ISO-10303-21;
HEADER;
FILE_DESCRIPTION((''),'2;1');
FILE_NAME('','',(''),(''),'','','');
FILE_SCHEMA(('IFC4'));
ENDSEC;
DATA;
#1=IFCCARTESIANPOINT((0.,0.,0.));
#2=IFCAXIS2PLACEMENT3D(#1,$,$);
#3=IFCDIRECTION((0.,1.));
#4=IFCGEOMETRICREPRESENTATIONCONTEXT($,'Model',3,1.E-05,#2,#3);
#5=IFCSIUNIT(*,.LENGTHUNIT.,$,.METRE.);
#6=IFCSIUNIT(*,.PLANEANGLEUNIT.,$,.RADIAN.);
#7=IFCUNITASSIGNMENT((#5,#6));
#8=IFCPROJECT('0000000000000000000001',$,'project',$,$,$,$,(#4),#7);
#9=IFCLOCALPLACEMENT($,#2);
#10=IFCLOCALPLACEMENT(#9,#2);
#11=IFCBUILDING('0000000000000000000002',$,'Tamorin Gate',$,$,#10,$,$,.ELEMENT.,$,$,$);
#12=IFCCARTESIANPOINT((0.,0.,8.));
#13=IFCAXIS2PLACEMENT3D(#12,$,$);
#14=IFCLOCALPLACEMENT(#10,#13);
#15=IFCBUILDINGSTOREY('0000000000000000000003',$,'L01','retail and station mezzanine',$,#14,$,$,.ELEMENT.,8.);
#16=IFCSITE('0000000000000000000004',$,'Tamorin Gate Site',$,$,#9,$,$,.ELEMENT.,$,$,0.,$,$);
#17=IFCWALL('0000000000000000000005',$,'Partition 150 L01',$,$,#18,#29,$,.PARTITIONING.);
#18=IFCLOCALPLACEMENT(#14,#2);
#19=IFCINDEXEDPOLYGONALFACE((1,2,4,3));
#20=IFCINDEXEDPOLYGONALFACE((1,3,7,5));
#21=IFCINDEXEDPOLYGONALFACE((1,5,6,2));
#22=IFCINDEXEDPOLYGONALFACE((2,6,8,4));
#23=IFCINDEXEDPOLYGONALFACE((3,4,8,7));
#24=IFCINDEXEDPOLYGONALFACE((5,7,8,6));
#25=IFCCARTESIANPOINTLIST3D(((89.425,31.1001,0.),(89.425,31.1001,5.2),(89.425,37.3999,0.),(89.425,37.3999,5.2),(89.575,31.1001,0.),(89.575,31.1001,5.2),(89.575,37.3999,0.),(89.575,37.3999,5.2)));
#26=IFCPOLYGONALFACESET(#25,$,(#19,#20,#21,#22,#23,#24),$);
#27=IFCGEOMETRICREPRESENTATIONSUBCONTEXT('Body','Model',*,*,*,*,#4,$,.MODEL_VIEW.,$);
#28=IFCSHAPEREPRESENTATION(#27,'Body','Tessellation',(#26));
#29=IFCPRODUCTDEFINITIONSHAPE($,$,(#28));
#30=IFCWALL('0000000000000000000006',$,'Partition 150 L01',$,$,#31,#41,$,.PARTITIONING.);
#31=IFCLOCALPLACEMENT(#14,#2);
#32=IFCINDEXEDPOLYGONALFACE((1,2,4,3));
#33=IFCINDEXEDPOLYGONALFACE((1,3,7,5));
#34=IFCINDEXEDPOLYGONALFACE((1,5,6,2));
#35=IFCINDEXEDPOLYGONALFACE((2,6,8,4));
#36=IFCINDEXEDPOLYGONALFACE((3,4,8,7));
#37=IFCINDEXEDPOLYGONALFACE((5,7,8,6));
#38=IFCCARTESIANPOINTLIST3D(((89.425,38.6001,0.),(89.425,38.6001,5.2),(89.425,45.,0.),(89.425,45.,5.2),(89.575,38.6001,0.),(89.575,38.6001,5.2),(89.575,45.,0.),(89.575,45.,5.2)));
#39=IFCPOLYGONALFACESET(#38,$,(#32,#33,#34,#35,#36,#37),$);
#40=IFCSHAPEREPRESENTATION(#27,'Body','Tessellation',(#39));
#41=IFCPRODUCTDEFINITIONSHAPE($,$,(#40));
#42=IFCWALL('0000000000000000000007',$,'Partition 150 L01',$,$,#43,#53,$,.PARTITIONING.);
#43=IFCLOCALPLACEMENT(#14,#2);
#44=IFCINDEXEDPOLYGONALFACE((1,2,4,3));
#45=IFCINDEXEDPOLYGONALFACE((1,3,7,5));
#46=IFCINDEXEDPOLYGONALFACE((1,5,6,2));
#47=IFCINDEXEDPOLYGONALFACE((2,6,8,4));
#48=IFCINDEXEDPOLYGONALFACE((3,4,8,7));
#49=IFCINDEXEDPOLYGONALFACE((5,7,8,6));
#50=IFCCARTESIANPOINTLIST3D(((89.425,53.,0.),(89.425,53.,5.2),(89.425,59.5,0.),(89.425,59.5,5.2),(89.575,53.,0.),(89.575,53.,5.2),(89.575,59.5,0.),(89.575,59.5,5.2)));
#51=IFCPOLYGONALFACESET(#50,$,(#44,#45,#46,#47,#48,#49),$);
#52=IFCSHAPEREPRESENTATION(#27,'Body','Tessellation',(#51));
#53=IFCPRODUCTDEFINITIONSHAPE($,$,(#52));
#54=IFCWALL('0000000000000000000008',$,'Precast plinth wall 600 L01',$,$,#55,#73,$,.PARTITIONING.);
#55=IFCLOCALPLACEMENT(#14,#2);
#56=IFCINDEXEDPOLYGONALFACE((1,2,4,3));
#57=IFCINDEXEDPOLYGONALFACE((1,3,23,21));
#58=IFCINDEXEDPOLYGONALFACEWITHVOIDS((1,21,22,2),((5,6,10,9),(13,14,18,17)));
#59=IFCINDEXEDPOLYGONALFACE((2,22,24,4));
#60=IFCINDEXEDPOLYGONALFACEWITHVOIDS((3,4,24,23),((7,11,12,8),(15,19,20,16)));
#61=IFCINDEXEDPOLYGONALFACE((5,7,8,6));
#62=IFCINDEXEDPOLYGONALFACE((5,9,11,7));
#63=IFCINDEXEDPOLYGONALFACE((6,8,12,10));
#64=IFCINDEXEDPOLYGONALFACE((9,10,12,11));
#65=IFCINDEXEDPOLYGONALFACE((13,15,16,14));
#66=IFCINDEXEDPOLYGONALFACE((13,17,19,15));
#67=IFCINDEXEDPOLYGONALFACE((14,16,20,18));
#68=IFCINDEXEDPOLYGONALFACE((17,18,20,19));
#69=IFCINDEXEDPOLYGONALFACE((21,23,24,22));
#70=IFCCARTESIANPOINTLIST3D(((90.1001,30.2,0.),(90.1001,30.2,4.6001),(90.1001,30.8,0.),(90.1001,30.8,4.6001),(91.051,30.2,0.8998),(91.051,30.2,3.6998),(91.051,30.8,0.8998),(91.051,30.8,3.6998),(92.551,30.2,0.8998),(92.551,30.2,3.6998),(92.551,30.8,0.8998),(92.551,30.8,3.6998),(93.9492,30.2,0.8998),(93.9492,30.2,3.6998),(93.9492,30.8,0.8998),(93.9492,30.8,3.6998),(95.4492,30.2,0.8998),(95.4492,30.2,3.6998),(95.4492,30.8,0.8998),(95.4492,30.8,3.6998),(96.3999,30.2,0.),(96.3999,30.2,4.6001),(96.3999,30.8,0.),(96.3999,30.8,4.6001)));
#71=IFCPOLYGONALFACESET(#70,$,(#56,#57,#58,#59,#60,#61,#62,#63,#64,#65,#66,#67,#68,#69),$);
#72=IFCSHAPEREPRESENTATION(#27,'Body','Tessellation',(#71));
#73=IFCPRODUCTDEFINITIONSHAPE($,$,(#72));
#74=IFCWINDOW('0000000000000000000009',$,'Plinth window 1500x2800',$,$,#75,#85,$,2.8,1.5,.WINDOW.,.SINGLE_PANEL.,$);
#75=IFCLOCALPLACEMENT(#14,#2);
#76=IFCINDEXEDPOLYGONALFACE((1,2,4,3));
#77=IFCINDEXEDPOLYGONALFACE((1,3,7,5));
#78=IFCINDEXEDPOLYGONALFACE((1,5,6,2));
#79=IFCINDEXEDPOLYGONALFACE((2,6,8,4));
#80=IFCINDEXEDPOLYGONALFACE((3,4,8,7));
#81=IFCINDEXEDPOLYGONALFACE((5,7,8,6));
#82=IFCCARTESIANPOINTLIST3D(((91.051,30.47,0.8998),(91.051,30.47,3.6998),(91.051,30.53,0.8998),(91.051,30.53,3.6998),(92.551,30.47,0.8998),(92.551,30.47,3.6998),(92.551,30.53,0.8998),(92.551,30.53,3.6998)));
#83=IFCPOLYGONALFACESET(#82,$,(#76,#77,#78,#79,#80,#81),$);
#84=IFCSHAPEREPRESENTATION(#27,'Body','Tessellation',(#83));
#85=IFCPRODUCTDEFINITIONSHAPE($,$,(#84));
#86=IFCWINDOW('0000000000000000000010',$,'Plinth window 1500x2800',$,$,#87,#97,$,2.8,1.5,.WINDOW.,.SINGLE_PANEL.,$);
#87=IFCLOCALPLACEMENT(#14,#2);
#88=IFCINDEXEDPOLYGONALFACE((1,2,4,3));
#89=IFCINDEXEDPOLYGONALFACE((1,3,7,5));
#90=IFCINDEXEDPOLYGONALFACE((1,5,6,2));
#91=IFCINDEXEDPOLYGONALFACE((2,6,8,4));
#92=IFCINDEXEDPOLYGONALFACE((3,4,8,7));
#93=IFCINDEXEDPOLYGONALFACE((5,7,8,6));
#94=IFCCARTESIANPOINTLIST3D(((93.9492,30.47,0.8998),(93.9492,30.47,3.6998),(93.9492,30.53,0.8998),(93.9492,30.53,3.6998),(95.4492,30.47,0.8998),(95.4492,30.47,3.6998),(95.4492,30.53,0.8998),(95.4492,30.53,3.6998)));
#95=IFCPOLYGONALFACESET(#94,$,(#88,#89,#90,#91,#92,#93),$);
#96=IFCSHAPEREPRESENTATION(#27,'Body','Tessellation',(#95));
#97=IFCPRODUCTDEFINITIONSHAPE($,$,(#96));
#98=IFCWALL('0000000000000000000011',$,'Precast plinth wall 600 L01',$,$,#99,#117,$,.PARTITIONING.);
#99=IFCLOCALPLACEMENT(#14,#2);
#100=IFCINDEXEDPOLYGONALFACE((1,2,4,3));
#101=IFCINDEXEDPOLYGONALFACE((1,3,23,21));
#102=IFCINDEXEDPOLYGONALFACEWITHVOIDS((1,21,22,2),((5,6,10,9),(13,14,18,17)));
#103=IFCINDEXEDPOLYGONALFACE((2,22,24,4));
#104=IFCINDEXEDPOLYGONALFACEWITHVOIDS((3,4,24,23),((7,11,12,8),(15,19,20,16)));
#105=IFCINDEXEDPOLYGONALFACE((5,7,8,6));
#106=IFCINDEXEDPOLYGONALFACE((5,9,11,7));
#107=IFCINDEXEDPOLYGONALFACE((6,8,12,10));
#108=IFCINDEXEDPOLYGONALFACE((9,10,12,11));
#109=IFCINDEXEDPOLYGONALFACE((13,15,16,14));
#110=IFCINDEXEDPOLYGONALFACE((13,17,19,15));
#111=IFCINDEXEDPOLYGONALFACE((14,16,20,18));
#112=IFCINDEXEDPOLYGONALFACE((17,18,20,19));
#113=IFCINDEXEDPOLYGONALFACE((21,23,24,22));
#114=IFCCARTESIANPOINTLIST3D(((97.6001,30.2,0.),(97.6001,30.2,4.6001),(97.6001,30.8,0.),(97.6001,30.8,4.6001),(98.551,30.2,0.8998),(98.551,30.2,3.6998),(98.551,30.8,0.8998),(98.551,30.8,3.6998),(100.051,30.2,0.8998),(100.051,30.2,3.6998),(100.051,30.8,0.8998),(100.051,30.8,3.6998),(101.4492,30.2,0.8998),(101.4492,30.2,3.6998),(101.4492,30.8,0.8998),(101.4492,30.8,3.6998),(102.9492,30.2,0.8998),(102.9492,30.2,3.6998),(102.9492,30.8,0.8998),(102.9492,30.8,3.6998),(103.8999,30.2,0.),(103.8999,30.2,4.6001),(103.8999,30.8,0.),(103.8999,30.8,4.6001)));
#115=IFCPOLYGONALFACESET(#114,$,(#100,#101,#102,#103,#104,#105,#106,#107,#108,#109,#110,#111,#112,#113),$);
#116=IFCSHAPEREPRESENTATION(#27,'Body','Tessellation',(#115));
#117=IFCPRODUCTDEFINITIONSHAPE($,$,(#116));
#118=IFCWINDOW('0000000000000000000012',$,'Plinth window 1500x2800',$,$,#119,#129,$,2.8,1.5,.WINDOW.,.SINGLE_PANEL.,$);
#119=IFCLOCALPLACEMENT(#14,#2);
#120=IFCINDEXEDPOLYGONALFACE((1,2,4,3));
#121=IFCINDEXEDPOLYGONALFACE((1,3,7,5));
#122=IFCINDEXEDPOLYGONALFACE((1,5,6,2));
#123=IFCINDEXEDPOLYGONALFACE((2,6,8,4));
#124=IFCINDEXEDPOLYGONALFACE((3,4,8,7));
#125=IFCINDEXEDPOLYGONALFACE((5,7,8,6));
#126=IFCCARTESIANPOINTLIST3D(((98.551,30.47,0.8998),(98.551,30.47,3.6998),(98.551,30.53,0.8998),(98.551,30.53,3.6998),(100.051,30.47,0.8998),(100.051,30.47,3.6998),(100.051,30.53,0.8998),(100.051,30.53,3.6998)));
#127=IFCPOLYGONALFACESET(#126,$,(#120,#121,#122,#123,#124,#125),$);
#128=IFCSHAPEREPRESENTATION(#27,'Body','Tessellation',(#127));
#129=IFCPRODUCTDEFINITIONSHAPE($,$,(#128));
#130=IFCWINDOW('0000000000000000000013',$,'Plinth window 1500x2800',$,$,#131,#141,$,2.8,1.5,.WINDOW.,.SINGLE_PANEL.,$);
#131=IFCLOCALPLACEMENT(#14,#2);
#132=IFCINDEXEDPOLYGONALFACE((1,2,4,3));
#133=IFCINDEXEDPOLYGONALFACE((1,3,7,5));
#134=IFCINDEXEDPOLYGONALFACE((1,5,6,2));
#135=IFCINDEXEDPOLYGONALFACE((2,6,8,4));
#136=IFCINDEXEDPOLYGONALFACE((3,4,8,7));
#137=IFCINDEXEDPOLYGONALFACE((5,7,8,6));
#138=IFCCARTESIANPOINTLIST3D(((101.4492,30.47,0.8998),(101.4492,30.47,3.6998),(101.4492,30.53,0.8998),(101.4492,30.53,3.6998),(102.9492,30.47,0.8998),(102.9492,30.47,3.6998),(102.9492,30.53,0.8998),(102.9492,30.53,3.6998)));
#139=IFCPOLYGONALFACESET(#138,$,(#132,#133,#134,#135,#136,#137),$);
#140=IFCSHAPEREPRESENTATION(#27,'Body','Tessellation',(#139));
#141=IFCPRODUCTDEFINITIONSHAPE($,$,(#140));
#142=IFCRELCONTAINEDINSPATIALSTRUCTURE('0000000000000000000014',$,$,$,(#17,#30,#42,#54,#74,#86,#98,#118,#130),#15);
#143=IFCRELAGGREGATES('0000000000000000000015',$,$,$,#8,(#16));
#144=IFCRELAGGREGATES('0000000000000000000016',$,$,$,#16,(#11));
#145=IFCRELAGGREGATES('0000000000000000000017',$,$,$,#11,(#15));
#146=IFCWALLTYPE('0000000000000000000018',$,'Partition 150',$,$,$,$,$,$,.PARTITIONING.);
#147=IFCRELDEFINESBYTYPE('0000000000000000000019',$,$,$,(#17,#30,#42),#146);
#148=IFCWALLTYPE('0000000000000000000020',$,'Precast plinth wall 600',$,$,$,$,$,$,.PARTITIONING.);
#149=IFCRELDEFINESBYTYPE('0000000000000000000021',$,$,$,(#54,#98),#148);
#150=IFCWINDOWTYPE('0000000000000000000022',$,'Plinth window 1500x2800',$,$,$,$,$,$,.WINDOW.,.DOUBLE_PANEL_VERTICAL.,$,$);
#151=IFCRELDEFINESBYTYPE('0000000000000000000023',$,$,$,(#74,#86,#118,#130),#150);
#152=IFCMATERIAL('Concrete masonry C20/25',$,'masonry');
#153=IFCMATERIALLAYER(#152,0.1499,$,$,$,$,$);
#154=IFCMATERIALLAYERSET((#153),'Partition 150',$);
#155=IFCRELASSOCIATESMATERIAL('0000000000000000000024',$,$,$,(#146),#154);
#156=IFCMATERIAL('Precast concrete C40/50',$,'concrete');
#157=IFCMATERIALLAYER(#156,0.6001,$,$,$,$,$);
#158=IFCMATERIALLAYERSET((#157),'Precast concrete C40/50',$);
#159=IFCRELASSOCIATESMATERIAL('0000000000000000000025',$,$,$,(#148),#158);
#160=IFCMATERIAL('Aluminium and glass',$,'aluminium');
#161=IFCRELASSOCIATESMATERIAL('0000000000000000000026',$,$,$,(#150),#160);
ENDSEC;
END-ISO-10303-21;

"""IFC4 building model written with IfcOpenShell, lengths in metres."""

from ifc_helpers import new_model, si_unit, direction, frame, frame_2d, origin, place, context, subcontext, project, spatial, rectangle, extrude, material, layer, layer_set, type_object, element, fill, save


model = new_model("IFC4")

# Units and contexts
model_context = context("Model", 3, precision=1e-05, world=origin(), true_north=direction((0.0, 1.0)))
body_context = subcontext(model_context, "Body", "Model", "MODEL_VIEW")
ifc_project = project(units=[si_unit("LENGTHUNIT", "METRE"), si_unit("PLANEANGLEUNIT", "RADIAN")], contexts=[model_context])

# Site, building, storey
site_placement = place(None, origin())
site = spatial("IfcSite", under=ifc_project, at=site_placement, Name="Tamorin Gate Site", CompositionType="ELEMENT", RefElevation=0.0)
building_placement = place(site_placement, origin())
building = spatial("IfcBuilding", under=site, at=building_placement, Name="Tamorin Gate", CompositionType="ELEMENT")
storey_placement = place(building_placement, frame((0.0, 0.0, 8.0)))
storey = spatial("IfcBuildingStorey", under=building, at=storey_placement, Name="L01", Description="retail and station mezzanine", CompositionType="ELEMENT", Elevation=8.0)

# Shared definitions
ifc_material_1 = material(Name="Concrete masonry C20/25", Category="masonry")
ifc_layer_1 = layer(ifc_material_1, 0.1499)
ifc_layer_set_1 = layer_set([ifc_layer_1], Name="Partition 150")
wall_type_1 = type_object("IfcWallType", Name="Partition 150", PredefinedType="PARTITIONING", material=ifc_layer_set_1)

# Walls
wall_1_placement = place(storey_placement, frame((89.5, 31.1001, 0.0), z_axis=(0.0, 0.0, 1.0), x_axis=(0.0, 1.0, 0.0)))
element("IfcWall", 1, at=wall_1_placement, inside=storey, type_object=wall_type_1, Name="Partition 150 L01", PredefinedType="PARTITIONING", context=body_context, shape_type="SweptSolid", body=[
    extrude(rectangle(XDim=6.2998, YDim=0.1499, at=frame_2d((3.1499, 0.0))), origin(), (0.0, 0.0, 1.0), 5.2),
])
wall_2_placement = place(storey_placement, frame((89.5, 38.6001, 0.0), z_axis=(0.0, 0.0, 1.0), x_axis=(0.0, 1.0, 0.0)))
element("IfcWall", 2, at=wall_2_placement, inside=storey, type_object=wall_type_1, Name="Partition 150 L01", PredefinedType="PARTITIONING", context=body_context, shape_type="SweptSolid", body=[
    extrude(rectangle(XDim=6.3999, YDim=0.1499, at=frame_2d((3.2, 0.0))), origin(), (0.0, 0.0, 1.0), 5.2),
])
wall_3_placement = place(storey_placement, frame((89.5, 53.0, 0.0), z_axis=(0.0, 0.0, 1.0), x_axis=(0.0, 1.0, 0.0)))
element("IfcWall", 3, at=wall_3_placement, inside=storey, type_object=wall_type_1, Name="Partition 150 L01", PredefinedType="PARTITIONING", context=body_context, shape_type="SweptSolid", body=[
    extrude(rectangle(XDim=6.5, YDim=0.1499, at=frame_2d((3.25, 0.0))), origin(), (0.0, 0.0, 1.0), 5.2),
])

# Walls, openings, windows
ifc_material_2 = material(Name="Precast concrete C40/50", Category="concrete")
ifc_layer_2 = layer(ifc_material_2, 0.6001)
ifc_layer_set_2 = layer_set([ifc_layer_2], Name="Precast concrete C40/50")
wall_type_2 = type_object("IfcWallType", Name="Precast plinth wall 600", PredefinedType="PARTITIONING", material=ifc_layer_set_2)
wall_4_placement = place(storey_placement, frame((90.1001, 30.5, 0.0), z_axis=(0.0, 0.0, 1.0), x_axis=(1.0, 0.0, 0.0)))
wall_4 = element("IfcWall", 4, at=wall_4_placement, inside=storey, type_object=wall_type_2, Name="Precast plinth wall 600 L01", PredefinedType="PARTITIONING", context=body_context, shape_type="SweptSolid", body=[
    extrude(rectangle(XDim=6.2998, YDim=0.6001, at=frame_2d((3.1499, 0.0))), origin(), (0.0, 0.0, 1.0), 4.6001),
])
opening_1_placement = place(wall_4_placement, frame((0.9509, 0.0, 0.8999)))
opening_1 = element("IfcOpeningElement", 5, at=opening_1_placement, cuts=wall_4, PredefinedType="OPENING", context=body_context, shape_type="SweptSolid", body=[
    extrude(rectangle(XDim=1.5, YDim=2.8, at=frame_2d((0.75, 1.3999))), frame((0.0, 0.3101, 0.0), z_axis=(0.0, -1.0, 0.0), x_axis=(1.0, 0.0, 0.0)), (0.0, 0.0, 1.0), 0.6201),
])
opening_2_placement = place(wall_4_placement, frame((3.8491, 0.0, 0.8999)))
opening_2 = element("IfcOpeningElement", 6, at=opening_2_placement, cuts=wall_4, PredefinedType="OPENING", context=body_context, shape_type="SweptSolid", body=[
    extrude(rectangle(XDim=1.5, YDim=2.8, at=frame_2d((0.75, 1.3999))), frame((0.0, 0.3101, 0.0), z_axis=(0.0, -1.0, 0.0), x_axis=(1.0, 0.0, 0.0)), (0.0, 0.0, 1.0), 0.6201),
])
ifc_material_3 = material(Name="Aluminium and glass", Category="aluminium")
window_type = type_object("IfcWindowType", Name="Plinth window 1500x2800", PartitioningType="DOUBLE_PANEL_VERTICAL", PredefinedType="WINDOW", material=ifc_material_3)
window_1_placement = place(opening_1_placement, origin())
window_1 = element("IfcWindow", 7, at=window_1_placement, inside=storey, type_object=window_type, Name="Plinth window 1500x2800", OverallHeight=2.8, OverallWidth=1.5, PartitioningType="SINGLE_PANEL", PredefinedType="WINDOW", context=body_context, shape_type="SweptSolid", body=[
    extrude(rectangle(XDim=1.5, YDim=2.8, at=frame_2d((0.75, 1.3999))), frame((0.0, 0.03, 0.0), z_axis=(0.0, -1.0, 0.0), x_axis=(1.0, 0.0, 0.0)), (0.0, 0.0, 1.0), 0.0601),
])
fill(opening_1, window_1)
window_2_placement = place(opening_2_placement, origin())
window_2 = element("IfcWindow", 8, at=window_2_placement, inside=storey, type_object=window_type, Name="Plinth window 1500x2800", OverallHeight=2.8, OverallWidth=1.5, PartitioningType="SINGLE_PANEL", PredefinedType="WINDOW", context=body_context, shape_type="SweptSolid", body=[
    extrude(rectangle(XDim=1.5, YDim=2.8, at=frame_2d((0.75, 1.3999))), frame((0.0, 0.03, 0.0), z_axis=(0.0, -1.0, 0.0), x_axis=(1.0, 0.0, 0.0)), (0.0, 0.0, 1.0), 0.0601),
])
fill(opening_2, window_2)
wall_5_placement = place(storey_placement, frame((97.6001, 30.5, 0.0), z_axis=(0.0, 0.0, 1.0), x_axis=(1.0, 0.0, 0.0)))
wall_5 = element("IfcWall", 9, at=wall_5_placement, inside=storey, type_object=wall_type_2, Name="Precast plinth wall 600 L01", PredefinedType="PARTITIONING", context=body_context, shape_type="SweptSolid", body=[
    extrude(rectangle(XDim=6.2998, YDim=0.6001, at=frame_2d((3.1499, 0.0))), origin(), (0.0, 0.0, 1.0), 4.6001),
])
opening_3_placement = place(wall_5_placement, frame((0.9509, 0.0, 0.8999)))
opening_3 = element("IfcOpeningElement", 10, at=opening_3_placement, cuts=wall_5, PredefinedType="OPENING", context=body_context, shape_type="SweptSolid", body=[
    extrude(rectangle(XDim=1.5, YDim=2.8, at=frame_2d((0.75, 1.3999))), frame((0.0, 0.3101, 0.0), z_axis=(0.0, -1.0, 0.0), x_axis=(1.0, 0.0, 0.0)), (0.0, 0.0, 1.0), 0.6201),
])
opening_4_placement = place(wall_5_placement, frame((3.8491, 0.0, 0.8999)))
opening_4 = element("IfcOpeningElement", 11, at=opening_4_placement, cuts=wall_5, PredefinedType="OPENING", context=body_context, shape_type="SweptSolid", body=[
    extrude(rectangle(XDim=1.5, YDim=2.8, at=frame_2d((0.75, 1.3999))), frame((0.0, 0.3101, 0.0), z_axis=(0.0, -1.0, 0.0), x_axis=(1.0, 0.0, 0.0)), (0.0, 0.0, 1.0), 0.6201),
])
window_3_placement = place(opening_3_placement, origin())
window_3 = element("IfcWindow", 12, at=window_3_placement, inside=storey, type_object=window_type, Name="Plinth window 1500x2800", OverallHeight=2.8, OverallWidth=1.5, PartitioningType="SINGLE_PANEL", PredefinedType="WINDOW", context=body_context, shape_type="SweptSolid", body=[
    extrude(rectangle(XDim=1.5, YDim=2.8, at=frame_2d((0.75, 1.3999))), frame((0.0, 0.03, 0.0), z_axis=(0.0, -1.0, 0.0), x_axis=(1.0, 0.0, 0.0)), (0.0, 0.0, 1.0), 0.0601),
])
fill(opening_3, window_3)
window_4_placement = place(opening_4_placement, origin())
window_4 = element("IfcWindow", 13, at=window_4_placement, inside=storey, type_object=window_type, Name="Plinth window 1500x2800", OverallHeight=2.8, OverallWidth=1.5, PartitioningType="SINGLE_PANEL", PredefinedType="WINDOW", context=body_context, shape_type="SweptSolid", body=[
    extrude(rectangle(XDim=1.5, YDim=2.8, at=frame_2d((0.75, 1.3999))), frame((0.0, 0.03, 0.0), z_axis=(0.0, -1.0, 0.0), x_axis=(1.0, 0.0, 0.0)), (0.0, 0.0, 1.0), 0.0601),
])
fill(opening_4, window_4)

save(model, "model.ifc")
